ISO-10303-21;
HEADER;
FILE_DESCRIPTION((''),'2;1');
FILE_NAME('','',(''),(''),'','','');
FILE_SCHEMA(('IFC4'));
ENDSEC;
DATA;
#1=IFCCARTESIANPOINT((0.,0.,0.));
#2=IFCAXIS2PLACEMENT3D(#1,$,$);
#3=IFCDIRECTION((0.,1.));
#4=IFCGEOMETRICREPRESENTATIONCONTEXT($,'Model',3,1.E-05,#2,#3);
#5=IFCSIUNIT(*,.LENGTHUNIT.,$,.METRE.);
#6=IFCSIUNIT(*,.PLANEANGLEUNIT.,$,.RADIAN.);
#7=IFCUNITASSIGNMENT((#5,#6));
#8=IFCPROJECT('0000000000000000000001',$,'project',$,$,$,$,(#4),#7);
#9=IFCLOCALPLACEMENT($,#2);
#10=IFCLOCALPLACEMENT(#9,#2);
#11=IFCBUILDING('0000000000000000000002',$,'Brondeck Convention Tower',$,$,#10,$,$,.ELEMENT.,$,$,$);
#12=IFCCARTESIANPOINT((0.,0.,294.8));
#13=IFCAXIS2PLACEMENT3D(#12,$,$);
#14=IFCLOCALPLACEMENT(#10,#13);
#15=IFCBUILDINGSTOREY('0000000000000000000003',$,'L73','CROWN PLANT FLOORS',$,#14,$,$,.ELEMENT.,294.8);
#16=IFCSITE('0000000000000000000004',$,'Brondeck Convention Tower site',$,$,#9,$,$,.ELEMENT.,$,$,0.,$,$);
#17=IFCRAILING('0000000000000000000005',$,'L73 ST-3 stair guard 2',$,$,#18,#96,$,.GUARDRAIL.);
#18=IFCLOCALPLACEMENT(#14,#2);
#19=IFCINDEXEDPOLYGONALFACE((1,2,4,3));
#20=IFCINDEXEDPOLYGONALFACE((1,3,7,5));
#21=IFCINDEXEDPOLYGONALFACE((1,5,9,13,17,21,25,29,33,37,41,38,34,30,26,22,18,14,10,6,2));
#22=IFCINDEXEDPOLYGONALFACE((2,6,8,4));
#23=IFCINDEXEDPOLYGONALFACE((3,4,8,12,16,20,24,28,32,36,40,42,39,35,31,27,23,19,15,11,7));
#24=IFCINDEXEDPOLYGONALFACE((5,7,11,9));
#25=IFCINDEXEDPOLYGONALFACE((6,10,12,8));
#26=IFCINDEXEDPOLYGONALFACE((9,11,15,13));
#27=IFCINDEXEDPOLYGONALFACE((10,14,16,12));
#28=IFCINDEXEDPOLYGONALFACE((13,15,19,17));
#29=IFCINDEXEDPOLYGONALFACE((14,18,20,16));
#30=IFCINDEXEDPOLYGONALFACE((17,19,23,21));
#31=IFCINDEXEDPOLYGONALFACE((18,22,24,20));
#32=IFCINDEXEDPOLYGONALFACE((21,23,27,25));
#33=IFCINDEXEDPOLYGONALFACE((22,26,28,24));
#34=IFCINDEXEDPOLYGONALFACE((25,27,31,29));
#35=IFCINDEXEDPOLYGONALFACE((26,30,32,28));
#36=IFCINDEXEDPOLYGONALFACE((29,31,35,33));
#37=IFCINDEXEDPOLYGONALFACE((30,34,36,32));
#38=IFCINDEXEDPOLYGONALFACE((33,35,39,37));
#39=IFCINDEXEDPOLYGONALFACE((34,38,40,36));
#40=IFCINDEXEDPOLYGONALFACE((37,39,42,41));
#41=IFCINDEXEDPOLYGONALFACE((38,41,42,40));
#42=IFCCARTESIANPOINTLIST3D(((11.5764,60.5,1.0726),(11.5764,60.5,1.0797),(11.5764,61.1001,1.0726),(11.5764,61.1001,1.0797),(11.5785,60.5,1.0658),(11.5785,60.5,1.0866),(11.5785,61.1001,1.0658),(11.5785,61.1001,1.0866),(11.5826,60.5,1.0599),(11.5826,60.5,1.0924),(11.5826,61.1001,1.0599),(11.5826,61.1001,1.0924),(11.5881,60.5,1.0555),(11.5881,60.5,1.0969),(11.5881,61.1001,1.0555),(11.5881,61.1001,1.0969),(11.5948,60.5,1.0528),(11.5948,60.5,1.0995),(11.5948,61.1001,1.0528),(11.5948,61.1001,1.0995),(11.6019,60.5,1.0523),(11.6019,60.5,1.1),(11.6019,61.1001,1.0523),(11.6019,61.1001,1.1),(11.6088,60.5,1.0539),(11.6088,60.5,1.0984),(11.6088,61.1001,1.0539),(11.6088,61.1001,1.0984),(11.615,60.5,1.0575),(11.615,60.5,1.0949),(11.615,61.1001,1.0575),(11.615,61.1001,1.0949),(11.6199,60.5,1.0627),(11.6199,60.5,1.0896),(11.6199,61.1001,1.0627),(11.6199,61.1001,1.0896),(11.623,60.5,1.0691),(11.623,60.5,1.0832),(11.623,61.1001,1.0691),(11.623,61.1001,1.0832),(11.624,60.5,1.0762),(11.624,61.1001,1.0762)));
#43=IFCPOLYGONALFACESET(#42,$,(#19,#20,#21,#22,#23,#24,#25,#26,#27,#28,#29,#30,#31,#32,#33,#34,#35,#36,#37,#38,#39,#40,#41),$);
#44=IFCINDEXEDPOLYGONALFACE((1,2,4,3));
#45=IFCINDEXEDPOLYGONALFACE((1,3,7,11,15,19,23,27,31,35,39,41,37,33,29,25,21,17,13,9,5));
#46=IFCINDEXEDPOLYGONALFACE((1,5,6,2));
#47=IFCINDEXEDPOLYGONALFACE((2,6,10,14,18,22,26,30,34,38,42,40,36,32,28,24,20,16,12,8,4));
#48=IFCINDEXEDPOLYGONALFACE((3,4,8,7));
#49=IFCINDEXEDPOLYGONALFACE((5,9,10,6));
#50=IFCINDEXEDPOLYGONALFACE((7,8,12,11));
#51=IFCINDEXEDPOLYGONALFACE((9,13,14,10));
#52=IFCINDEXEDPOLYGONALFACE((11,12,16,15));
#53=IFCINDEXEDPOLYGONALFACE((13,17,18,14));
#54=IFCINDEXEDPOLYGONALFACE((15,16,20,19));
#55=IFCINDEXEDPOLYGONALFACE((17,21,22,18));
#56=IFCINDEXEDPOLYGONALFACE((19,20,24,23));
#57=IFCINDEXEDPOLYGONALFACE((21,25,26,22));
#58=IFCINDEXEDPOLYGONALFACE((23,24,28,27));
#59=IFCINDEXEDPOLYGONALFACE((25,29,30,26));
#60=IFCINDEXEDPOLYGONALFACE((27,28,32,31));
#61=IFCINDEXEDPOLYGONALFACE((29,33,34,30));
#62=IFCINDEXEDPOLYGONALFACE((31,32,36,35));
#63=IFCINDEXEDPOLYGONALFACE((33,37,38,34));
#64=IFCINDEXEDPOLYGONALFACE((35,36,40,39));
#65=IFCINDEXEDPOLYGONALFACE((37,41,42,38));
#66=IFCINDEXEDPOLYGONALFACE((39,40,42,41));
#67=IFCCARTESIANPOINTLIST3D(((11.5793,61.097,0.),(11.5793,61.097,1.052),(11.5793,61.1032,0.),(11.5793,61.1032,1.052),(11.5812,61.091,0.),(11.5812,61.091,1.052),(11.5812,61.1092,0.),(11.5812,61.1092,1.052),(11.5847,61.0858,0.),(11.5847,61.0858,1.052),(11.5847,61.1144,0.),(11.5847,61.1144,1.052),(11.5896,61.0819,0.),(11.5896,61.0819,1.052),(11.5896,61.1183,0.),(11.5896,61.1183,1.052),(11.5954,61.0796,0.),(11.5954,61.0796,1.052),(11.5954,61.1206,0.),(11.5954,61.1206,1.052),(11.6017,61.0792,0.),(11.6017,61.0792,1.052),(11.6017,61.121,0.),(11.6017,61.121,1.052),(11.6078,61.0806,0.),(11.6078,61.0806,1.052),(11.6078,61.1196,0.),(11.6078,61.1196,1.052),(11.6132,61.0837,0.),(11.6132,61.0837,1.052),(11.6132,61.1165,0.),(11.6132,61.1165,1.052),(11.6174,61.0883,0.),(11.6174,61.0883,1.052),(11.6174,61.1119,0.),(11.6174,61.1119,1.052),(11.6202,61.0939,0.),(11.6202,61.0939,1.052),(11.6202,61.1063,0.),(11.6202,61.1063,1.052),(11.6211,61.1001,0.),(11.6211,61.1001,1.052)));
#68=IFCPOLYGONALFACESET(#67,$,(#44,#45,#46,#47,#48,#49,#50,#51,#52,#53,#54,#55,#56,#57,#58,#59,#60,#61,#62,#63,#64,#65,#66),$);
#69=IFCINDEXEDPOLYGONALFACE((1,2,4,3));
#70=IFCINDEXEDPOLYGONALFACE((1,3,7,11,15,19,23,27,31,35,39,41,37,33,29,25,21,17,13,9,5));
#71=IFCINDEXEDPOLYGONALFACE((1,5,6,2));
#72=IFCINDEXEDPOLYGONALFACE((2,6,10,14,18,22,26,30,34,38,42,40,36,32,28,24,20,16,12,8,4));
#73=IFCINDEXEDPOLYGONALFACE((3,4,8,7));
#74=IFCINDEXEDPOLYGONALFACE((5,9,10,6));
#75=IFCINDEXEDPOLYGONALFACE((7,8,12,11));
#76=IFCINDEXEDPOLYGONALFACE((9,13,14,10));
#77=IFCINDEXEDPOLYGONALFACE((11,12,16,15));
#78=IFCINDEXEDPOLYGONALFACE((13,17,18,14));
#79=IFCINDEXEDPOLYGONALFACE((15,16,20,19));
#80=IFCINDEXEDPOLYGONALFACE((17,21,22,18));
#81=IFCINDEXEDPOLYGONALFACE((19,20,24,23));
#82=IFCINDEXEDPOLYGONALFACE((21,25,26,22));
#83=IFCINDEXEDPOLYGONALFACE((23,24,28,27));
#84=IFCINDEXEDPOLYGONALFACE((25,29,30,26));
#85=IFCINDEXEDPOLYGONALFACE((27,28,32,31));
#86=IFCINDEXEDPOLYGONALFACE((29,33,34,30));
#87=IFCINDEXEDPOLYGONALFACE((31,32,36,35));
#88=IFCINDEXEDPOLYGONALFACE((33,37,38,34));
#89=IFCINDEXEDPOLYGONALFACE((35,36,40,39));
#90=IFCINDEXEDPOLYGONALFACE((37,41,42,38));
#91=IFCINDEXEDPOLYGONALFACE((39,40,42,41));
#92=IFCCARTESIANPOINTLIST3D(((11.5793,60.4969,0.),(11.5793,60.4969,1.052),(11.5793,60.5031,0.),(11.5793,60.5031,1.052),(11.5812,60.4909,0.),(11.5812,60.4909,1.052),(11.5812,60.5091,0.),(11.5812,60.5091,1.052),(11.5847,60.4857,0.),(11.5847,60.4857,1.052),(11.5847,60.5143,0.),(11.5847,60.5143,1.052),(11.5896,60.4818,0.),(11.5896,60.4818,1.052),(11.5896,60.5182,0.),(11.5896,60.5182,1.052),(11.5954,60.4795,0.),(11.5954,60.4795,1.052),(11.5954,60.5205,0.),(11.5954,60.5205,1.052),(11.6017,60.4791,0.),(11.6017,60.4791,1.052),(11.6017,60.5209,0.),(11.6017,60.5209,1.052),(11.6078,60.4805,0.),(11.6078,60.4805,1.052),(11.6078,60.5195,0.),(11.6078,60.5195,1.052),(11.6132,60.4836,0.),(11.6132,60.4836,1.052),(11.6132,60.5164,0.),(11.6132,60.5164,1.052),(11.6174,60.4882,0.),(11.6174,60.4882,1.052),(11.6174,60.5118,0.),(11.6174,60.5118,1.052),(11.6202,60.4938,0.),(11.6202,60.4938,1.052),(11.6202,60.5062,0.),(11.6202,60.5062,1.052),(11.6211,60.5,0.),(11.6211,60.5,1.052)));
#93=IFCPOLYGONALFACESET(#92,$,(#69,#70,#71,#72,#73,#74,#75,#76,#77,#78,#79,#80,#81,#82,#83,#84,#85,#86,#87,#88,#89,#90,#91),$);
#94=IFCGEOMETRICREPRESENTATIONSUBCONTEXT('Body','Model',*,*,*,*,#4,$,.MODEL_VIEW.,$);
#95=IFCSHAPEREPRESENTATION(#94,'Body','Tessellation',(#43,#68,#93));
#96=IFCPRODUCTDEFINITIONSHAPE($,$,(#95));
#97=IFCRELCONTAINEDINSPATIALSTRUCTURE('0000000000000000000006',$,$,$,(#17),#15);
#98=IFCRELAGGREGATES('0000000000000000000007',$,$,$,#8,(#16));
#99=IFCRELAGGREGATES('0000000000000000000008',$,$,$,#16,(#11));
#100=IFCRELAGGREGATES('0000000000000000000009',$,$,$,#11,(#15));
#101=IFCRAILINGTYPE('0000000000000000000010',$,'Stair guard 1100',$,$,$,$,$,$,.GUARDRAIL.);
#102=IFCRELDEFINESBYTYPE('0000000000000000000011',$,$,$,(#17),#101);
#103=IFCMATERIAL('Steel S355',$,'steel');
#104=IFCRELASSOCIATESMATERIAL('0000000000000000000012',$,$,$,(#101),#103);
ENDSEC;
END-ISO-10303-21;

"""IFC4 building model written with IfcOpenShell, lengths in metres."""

from ifc_helpers import new_model, si_unit, direction, frame, origin, origin_2d, place, context, subcontext, project, spatial, circle, extrude, material, type_object, element, save


model = new_model("IFC4")

# Units and contexts
model_context = context("Model", 3, precision=1e-05, world=origin(), true_north=direction((0.0, 1.0)))
body_context = subcontext(model_context, "Body", "Model", "MODEL_VIEW")
ifc_project = project(units=[si_unit("LENGTHUNIT", "METRE"), si_unit("PLANEANGLEUNIT", "RADIAN")], contexts=[model_context])

# Site, building, storey
site_placement = place(None, origin())
site = spatial("IfcSite", under=ifc_project, at=site_placement, Name="Brondeck Convention Tower site", CompositionType="ELEMENT", RefElevation=0.0)
building_placement = place(site_placement, origin())
building = spatial("IfcBuilding", under=site, at=building_placement, Name="Brondeck Convention Tower", CompositionType="ELEMENT")
storey_placement = place(building_placement, frame((0.0, 0.0, 294.8)))
storey = spatial("IfcBuildingStorey", under=building, at=storey_placement, Name="L73", Description="CROWN PLANT FLOORS", CompositionType="ELEMENT", Elevation=294.8)

# Railing
ifc_material_1 = material(Name="Steel S355", Category="steel")
railing_type_1 = type_object("IfcRailingType", Name="Stair guard 1100", PredefinedType="GUARDRAIL", material=ifc_material_1)
railing_1_placement = place(storey_placement, frame((11.6001, 61.1001, 0.0)))
element("IfcRailing", 1, at=railing_1_placement, inside=storey, type_object=railing_type_1, Name="L73 ST-3 stair guard 2", PredefinedType="GUARDRAIL", context=body_context, shape_type="SweptSolid", body=[
    extrude(circle(Radius=0.0239, at=origin_2d()), frame((0.0, 0.0, 1.0762), z_axis=(0.0, -1.0, 0.0), x_axis=(1.0, 0.0, 0.0)), (0.0, 0.0, 1.0), 0.6001),
    extrude(circle(Radius=0.021, at=origin_2d()), origin(), (0.0, 0.0, 1.0), 1.052),
    extrude(circle(Radius=0.021, at=origin_2d()), frame((0.0, -0.6001, 0.0)), (0.0, 0.0, 1.0), 1.052),
])

save(model, "model.ifc")
